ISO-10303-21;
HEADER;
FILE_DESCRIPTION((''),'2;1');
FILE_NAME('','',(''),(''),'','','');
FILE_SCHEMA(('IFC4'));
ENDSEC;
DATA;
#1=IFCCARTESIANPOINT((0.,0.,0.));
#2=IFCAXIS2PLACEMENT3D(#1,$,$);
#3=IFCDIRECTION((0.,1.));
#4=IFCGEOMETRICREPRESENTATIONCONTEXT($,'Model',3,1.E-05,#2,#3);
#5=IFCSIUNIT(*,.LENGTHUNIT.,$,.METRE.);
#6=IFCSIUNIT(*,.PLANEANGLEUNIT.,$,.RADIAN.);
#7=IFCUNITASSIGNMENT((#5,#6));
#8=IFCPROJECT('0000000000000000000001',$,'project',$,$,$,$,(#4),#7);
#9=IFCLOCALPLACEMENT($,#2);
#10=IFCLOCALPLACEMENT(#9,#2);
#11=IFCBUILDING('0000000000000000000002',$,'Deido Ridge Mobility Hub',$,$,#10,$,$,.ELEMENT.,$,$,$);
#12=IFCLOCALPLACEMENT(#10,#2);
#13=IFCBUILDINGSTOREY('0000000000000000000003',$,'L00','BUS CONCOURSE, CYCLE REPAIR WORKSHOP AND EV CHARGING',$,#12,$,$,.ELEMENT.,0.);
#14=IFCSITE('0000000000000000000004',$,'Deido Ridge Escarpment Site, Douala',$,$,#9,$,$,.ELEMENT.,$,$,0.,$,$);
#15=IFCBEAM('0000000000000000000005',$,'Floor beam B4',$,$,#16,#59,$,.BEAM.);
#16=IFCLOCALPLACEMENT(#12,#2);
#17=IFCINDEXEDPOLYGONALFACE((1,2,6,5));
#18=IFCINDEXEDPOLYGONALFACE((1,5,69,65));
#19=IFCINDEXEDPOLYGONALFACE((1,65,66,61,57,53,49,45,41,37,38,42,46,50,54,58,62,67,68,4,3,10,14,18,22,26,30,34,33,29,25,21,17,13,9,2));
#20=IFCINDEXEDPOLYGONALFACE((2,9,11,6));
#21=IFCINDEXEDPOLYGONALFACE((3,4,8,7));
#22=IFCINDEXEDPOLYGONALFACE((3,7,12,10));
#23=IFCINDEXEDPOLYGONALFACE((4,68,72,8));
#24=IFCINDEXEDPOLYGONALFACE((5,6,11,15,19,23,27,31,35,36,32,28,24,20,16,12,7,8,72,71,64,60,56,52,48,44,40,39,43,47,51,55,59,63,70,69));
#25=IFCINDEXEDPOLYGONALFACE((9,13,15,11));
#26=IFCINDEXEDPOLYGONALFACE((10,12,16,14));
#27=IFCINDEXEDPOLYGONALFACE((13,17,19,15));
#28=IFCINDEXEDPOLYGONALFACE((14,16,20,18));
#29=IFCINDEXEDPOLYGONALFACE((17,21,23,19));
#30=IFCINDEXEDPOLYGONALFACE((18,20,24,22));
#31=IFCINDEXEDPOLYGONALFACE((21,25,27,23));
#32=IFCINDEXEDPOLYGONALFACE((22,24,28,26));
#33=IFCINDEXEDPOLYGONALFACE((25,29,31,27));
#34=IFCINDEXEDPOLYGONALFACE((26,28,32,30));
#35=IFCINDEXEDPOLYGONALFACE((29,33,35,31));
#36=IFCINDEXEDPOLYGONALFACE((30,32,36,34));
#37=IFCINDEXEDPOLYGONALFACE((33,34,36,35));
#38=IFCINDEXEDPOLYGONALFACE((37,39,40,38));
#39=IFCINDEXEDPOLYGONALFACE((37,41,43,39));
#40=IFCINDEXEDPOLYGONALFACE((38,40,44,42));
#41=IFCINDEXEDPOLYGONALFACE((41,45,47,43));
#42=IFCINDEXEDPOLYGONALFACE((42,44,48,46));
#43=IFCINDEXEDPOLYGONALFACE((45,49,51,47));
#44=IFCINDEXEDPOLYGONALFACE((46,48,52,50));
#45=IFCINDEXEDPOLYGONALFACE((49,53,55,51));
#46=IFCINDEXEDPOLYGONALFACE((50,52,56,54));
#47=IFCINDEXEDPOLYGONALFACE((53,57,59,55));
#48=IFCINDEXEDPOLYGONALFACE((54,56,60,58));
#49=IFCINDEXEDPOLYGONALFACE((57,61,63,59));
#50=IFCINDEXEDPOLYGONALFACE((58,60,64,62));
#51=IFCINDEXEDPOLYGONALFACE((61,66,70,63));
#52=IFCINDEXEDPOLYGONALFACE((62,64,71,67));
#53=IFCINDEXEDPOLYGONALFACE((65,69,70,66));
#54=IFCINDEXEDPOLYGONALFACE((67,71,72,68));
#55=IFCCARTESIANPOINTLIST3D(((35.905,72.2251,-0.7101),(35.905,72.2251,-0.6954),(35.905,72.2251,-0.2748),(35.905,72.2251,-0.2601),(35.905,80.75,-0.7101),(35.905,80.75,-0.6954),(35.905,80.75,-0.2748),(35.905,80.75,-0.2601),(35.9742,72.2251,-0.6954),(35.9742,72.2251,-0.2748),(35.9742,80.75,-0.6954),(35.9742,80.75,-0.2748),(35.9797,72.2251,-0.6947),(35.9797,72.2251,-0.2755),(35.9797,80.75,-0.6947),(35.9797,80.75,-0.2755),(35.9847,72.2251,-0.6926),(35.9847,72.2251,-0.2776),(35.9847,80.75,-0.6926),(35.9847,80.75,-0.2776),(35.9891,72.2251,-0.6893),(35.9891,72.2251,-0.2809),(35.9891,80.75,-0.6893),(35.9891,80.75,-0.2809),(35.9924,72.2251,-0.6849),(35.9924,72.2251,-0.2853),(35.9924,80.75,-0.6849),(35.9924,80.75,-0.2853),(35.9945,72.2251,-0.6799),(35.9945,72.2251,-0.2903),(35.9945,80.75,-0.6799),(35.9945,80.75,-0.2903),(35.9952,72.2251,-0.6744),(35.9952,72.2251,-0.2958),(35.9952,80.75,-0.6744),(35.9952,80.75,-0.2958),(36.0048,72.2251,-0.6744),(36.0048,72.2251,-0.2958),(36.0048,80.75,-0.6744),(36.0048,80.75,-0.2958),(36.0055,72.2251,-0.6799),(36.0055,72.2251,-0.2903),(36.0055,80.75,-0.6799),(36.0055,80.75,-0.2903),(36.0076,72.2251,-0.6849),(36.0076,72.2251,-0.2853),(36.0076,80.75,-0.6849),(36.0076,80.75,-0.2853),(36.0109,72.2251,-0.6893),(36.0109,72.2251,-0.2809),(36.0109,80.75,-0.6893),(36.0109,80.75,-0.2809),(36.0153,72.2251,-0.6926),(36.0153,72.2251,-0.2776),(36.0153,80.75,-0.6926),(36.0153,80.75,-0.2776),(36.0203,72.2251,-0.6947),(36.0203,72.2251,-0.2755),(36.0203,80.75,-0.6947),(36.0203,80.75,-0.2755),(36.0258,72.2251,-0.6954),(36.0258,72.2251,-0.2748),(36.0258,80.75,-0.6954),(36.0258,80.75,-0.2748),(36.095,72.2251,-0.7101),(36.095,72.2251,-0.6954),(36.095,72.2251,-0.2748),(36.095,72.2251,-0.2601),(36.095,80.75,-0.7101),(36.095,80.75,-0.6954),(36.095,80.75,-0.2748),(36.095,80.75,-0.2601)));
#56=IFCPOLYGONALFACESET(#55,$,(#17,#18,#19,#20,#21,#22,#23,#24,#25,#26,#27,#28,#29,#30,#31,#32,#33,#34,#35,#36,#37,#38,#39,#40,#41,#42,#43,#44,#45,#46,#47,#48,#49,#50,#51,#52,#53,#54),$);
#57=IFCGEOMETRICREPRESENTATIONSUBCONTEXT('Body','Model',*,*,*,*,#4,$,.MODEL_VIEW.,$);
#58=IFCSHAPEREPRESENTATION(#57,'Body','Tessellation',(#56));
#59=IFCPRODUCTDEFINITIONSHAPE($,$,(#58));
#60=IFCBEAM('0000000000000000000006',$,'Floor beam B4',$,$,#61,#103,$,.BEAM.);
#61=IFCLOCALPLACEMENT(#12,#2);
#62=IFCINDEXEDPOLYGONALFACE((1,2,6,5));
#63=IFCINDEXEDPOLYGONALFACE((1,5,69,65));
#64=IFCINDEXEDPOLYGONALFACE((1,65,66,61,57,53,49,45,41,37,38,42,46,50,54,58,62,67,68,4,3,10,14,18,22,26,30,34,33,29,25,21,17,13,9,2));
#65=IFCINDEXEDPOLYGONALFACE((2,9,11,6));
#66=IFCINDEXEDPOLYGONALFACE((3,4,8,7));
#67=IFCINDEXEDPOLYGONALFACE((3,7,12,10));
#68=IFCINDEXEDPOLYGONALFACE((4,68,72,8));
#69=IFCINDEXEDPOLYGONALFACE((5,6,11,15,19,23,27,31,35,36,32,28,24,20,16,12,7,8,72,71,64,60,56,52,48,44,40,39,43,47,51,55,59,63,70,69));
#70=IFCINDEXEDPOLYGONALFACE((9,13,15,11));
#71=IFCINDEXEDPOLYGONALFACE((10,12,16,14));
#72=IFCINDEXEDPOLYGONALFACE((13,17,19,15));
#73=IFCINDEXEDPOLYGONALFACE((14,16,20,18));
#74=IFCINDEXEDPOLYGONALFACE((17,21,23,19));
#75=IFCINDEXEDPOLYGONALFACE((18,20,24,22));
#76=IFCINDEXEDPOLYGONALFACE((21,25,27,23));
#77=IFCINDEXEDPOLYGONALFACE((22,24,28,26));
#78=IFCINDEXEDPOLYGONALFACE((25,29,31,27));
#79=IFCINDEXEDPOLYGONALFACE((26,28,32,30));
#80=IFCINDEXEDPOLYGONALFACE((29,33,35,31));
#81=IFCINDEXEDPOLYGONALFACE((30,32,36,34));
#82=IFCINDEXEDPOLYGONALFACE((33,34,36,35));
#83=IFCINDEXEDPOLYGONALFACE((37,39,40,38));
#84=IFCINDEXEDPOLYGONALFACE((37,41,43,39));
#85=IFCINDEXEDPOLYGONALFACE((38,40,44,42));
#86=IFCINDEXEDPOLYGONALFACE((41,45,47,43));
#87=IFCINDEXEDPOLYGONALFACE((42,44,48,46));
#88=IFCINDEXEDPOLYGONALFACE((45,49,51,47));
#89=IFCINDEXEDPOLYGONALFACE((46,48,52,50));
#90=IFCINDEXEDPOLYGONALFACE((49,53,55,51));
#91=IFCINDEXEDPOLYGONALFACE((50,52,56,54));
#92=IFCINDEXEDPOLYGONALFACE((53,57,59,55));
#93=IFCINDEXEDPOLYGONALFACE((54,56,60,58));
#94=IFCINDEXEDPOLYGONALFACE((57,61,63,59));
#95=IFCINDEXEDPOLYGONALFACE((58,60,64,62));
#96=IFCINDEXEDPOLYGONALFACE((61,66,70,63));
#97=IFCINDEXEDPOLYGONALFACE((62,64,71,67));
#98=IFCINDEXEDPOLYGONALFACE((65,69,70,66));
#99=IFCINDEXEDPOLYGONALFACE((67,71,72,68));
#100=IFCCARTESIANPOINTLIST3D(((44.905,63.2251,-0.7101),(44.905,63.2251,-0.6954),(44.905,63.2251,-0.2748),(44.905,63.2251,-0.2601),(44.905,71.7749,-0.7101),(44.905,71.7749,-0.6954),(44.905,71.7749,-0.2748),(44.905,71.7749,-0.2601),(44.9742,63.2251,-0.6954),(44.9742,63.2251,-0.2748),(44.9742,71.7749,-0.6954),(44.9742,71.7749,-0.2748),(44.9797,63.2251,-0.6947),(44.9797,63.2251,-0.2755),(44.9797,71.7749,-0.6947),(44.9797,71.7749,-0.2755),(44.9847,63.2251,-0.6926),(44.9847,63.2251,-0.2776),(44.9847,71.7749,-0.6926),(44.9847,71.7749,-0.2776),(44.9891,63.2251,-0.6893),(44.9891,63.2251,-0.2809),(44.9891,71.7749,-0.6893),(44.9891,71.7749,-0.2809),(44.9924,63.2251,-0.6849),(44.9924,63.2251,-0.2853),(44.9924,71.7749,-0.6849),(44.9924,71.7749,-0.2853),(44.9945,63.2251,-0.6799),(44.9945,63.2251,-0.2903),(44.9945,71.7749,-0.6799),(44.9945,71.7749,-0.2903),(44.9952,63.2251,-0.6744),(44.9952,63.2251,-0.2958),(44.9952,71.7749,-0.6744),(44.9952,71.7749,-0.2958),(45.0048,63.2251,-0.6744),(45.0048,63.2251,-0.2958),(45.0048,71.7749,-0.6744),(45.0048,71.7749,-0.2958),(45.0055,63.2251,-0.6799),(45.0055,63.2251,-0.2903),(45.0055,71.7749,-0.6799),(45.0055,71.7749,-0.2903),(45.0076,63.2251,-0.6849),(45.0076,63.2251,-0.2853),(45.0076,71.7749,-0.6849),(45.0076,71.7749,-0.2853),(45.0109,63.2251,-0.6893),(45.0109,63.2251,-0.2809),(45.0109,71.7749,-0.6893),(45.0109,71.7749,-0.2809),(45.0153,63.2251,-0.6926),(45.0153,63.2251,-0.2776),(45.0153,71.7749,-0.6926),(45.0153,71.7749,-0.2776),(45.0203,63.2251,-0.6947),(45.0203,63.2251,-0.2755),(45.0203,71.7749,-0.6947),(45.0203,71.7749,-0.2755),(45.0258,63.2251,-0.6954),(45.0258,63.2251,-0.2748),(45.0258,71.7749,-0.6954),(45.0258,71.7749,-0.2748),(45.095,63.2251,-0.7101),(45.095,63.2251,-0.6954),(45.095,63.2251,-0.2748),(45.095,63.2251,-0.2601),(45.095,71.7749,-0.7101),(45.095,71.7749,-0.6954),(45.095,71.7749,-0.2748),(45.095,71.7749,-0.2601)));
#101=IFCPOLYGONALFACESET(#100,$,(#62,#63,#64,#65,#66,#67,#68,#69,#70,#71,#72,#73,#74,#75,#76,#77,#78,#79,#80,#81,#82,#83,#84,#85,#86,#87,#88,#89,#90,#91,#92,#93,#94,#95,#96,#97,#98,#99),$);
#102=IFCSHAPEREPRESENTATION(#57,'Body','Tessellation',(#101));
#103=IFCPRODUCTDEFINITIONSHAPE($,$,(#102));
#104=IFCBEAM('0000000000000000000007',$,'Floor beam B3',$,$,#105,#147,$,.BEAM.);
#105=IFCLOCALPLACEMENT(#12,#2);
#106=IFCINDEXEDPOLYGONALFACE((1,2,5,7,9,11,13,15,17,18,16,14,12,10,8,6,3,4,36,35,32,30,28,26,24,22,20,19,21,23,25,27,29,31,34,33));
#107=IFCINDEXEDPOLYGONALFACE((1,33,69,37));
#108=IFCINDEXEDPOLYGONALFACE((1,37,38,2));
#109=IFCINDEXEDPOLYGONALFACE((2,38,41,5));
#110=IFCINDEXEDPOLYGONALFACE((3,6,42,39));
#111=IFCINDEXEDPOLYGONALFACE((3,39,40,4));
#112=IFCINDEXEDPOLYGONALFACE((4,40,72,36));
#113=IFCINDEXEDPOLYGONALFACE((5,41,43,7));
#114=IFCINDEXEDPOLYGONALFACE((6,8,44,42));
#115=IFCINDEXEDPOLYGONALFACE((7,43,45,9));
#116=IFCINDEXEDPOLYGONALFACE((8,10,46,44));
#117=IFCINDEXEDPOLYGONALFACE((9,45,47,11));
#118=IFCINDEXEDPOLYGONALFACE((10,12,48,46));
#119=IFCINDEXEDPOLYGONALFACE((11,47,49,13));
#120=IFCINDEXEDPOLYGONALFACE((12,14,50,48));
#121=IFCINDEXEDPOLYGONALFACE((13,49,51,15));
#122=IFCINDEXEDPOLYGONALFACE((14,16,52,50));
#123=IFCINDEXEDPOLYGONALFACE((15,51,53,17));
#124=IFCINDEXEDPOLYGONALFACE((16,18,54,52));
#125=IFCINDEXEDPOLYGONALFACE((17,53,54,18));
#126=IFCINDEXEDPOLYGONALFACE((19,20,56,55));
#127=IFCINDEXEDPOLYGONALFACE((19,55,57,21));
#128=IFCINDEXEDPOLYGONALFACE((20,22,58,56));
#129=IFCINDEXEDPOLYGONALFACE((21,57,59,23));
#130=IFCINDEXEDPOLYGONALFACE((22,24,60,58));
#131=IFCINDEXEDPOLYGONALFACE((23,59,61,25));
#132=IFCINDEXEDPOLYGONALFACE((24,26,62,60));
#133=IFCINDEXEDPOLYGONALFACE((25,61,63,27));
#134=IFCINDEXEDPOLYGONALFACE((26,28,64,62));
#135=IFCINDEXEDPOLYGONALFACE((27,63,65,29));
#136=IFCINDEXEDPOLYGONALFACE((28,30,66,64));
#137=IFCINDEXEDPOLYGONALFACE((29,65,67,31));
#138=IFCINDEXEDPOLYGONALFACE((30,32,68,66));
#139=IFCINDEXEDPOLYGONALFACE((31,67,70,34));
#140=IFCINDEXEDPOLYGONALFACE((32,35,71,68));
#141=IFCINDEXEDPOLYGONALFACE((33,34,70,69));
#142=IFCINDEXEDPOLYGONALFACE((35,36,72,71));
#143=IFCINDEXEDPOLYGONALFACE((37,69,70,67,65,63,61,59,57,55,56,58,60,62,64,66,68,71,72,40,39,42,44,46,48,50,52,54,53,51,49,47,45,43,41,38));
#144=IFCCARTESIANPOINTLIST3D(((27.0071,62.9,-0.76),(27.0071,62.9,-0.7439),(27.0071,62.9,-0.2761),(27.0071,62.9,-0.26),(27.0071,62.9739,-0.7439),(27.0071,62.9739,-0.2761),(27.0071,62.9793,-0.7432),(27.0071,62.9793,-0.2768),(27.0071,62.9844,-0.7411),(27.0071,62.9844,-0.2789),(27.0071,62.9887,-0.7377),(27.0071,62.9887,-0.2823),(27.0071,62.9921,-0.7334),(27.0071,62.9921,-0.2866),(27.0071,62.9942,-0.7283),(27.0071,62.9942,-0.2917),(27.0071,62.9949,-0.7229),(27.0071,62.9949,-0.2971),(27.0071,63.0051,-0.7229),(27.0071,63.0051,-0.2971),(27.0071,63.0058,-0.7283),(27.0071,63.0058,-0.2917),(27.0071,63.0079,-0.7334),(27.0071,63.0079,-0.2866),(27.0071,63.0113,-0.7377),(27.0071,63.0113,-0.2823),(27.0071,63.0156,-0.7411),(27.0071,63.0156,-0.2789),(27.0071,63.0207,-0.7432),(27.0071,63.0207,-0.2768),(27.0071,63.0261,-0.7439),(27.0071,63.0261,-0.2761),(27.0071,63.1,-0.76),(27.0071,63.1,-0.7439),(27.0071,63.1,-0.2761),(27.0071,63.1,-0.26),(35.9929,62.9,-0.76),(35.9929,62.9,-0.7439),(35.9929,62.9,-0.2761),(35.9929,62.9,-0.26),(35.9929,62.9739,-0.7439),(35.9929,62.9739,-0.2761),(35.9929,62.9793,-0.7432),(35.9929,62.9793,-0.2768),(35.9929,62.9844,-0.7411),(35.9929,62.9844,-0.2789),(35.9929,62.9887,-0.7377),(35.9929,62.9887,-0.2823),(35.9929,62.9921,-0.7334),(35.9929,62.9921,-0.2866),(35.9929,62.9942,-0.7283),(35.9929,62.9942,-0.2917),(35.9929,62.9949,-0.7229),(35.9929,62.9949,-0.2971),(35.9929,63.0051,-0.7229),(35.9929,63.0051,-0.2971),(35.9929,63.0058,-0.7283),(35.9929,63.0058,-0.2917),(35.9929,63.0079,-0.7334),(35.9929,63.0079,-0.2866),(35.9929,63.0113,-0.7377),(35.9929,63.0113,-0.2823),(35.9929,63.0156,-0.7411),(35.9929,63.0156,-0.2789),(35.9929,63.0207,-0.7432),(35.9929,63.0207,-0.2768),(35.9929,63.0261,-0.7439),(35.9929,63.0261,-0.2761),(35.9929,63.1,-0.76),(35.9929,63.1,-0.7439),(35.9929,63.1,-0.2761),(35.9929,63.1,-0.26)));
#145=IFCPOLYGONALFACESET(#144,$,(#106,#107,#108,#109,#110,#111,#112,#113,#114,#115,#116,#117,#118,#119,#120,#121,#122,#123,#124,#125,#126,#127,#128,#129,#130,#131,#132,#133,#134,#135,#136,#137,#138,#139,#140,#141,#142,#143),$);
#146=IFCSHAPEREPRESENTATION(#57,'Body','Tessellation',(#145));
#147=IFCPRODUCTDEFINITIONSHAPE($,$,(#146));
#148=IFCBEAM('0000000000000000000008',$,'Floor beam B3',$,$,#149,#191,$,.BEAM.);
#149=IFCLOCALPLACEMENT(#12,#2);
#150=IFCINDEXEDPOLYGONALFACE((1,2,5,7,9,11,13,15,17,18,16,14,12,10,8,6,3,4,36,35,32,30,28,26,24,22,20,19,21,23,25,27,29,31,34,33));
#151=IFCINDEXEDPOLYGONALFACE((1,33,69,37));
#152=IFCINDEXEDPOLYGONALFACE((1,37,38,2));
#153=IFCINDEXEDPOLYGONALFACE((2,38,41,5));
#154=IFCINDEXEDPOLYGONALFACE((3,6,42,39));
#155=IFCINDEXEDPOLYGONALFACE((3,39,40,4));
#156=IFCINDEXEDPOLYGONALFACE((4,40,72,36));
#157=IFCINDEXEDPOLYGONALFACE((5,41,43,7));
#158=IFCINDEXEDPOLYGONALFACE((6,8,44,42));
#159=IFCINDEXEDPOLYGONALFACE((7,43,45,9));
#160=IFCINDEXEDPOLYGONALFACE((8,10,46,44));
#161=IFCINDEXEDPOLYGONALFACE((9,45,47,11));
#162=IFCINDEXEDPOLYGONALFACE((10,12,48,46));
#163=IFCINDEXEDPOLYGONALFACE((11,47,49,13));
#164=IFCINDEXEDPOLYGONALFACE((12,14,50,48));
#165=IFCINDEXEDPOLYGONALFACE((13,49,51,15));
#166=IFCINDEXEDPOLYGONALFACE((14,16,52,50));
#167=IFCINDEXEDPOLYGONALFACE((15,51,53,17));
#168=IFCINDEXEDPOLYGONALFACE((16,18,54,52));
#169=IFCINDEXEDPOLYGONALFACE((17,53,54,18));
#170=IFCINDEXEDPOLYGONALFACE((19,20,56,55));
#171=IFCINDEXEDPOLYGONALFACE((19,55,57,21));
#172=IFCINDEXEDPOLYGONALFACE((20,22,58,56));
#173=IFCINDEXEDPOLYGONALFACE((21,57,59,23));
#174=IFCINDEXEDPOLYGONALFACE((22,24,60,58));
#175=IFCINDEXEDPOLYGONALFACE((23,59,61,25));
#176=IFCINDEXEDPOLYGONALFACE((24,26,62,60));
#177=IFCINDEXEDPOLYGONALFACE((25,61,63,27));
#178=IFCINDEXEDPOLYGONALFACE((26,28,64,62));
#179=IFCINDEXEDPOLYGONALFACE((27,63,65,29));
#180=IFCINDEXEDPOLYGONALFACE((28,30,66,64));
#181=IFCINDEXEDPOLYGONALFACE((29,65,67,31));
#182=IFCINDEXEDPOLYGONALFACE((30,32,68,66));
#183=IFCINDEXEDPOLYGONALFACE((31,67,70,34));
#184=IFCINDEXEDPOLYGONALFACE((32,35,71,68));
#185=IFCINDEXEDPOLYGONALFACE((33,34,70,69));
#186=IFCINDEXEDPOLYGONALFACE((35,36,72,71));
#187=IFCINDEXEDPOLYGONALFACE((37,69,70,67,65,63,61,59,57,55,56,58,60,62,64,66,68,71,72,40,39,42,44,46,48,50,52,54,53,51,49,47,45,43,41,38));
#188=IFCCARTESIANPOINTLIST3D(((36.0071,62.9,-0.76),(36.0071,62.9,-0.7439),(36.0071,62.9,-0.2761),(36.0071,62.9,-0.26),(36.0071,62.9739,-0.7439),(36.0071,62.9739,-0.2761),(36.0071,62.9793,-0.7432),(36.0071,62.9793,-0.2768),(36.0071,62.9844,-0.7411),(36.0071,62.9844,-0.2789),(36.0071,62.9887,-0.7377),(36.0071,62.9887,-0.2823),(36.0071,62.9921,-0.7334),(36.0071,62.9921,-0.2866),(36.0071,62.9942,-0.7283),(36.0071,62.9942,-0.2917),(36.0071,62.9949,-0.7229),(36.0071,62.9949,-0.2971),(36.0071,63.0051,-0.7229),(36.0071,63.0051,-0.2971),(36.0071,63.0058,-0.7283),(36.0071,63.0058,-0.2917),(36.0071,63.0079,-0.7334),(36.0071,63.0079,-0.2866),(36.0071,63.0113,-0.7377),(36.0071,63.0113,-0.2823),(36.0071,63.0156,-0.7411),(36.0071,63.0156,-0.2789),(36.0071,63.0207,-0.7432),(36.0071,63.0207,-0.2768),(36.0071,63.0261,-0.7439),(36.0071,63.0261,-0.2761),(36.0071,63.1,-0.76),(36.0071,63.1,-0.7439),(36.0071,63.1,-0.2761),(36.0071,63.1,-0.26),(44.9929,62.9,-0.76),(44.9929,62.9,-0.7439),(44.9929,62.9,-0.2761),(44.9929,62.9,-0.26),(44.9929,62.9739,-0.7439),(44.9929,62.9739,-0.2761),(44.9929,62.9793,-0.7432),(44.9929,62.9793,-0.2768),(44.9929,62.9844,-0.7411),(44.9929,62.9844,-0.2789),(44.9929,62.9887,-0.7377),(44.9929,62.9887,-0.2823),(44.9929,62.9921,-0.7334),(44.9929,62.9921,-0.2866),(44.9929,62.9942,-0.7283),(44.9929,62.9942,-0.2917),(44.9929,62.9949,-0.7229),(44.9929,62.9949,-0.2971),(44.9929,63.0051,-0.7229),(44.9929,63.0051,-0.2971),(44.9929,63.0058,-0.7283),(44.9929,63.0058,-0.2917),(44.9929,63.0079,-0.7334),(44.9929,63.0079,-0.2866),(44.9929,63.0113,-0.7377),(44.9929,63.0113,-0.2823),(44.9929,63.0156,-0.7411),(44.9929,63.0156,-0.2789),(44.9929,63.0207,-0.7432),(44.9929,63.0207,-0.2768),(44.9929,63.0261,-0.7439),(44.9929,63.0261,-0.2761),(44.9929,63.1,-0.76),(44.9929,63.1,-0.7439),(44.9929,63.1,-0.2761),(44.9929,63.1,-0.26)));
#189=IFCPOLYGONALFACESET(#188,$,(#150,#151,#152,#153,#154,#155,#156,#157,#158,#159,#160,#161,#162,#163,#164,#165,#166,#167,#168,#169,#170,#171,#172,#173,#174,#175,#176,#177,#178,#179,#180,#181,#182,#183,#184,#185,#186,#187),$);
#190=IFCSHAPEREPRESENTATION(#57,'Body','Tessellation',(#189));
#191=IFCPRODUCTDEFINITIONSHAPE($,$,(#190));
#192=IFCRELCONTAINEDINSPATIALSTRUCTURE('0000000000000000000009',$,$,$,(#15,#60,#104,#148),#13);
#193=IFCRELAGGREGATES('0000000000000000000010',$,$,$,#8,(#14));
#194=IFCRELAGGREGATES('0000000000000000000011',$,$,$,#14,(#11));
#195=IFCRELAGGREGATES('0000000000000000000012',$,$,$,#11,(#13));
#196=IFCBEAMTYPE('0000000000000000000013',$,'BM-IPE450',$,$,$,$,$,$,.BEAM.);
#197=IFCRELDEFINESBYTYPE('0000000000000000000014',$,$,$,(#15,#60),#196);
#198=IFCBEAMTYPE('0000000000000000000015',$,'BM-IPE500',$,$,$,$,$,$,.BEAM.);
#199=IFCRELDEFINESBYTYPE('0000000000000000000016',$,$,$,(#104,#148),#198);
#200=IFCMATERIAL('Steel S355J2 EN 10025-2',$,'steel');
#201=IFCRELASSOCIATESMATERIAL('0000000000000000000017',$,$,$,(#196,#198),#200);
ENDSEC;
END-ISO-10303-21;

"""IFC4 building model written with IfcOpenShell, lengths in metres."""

from ifc_helpers import new_model, si_unit, direction, frame, origin, origin_2d, place, context, subcontext, project, spatial, i_section, extrude, material, material_profile, profile_set, type_object, element, save


model = new_model("IFC4")

# Units and contexts
model_context = context("Model", 3, precision=1e-05, world=origin(), true_north=direction((0.0, 1.0)))
body_context = subcontext(model_context, "Body", "Model", "MODEL_VIEW")
ifc_project = project(units=[si_unit("LENGTHUNIT", "METRE"), si_unit("PLANEANGLEUNIT", "RADIAN")], contexts=[model_context])

# Site, building, storey
site_placement = place(None, origin())
site = spatial("IfcSite", under=ifc_project, at=site_placement, Name="Deido Ridge Escarpment Site, Douala", CompositionType="ELEMENT", RefElevation=0.0)
building_placement = place(site_placement, origin())
building = spatial("IfcBuilding", under=site, at=building_placement, Name="Deido Ridge Mobility Hub", CompositionType="ELEMENT")
storey_placement = place(building_placement, origin())
storey = spatial("IfcBuildingStorey", under=building, at=storey_placement, Name="L00", Description="BUS CONCOURSE, CYCLE REPAIR WORKSHOP AND EV CHARGING", CompositionType="ELEMENT", Elevation=0.0)

# Shared definitions
ifc_material_1 = material(Name="Steel S355J2 EN 10025-2", Category="steel")

# Beams
ifc_material_profile_1 = material_profile(ifc_material_1, i_section(OverallWidth=0.1899, OverallDepth=0.45, WebThickness=0.0095, FlangeThickness=0.0146, FilletRadius=0.021, at=origin_2d()), Name="IPE 450")
ifc_profile_set_1 = profile_set([ifc_material_profile_1], Name="Steel S355J2 EN 10025-2")
beam_type_1 = type_object("IfcBeamType", Name="BM-IPE450", PredefinedType="BEAM", material=ifc_profile_set_1)
beam_1_placement = place(storey_placement, frame((36.0, 72.2251, -0.4851), z_axis=(0.0, 1.0, 0.0), x_axis=(-1.0, 0.0, 0.0)))
element("IfcBeam", 1, at=beam_1_placement, inside=storey, type_object=beam_type_1, Name="Floor beam B4", PredefinedType="BEAM", context=body_context, shape_type="SweptSolid", body=[
    extrude(i_section(OverallWidth=0.1899, OverallDepth=0.45, WebThickness=0.0095, FlangeThickness=0.0146, FilletRadius=0.021, at=origin_2d()), origin(), (0.0, 0.0, 1.0), 8.5249),
])
beam_2_placement = place(storey_placement, frame((45.0, 63.2251, -0.4851), z_axis=(0.0, 1.0, 0.0), x_axis=(-1.0, 0.0, 0.0)))
element("IfcBeam", 2, at=beam_2_placement, inside=storey, type_object=beam_type_1, Name="Floor beam B4", PredefinedType="BEAM", context=body_context, shape_type="SweptSolid", body=[
    extrude(i_section(OverallWidth=0.1899, OverallDepth=0.45, WebThickness=0.0095, FlangeThickness=0.0146, FilletRadius=0.021, at=origin_2d()), origin(), (0.0, 0.0, 1.0), 8.5498),
])
ifc_material_profile_2 = material_profile(ifc_material_1, i_section(OverallWidth=0.2, OverallDepth=0.5, WebThickness=0.0103, FlangeThickness=0.0161, FilletRadius=0.021, at=origin_2d()), Name="IPE 500")
ifc_profile_set_2 = profile_set([ifc_material_profile_2], Name="Steel S355J2 EN 10025-2")
beam_type_2 = type_object("IfcBeamType", Name="BM-IPE500", PredefinedType="BEAM", material=ifc_profile_set_2)
for number, where, z_axis, x_axis, name in (
    (3, (27.0071, 63.0, -0.51), (1.0, 0.0, 0.0), (0.0, 1.0, 0.0), "Floor beam B3"),
    (4, (36.0071, 63.0, -0.51), (1.0, 0.0, 0.0), (0.0, 1.0, 0.0), "Floor beam B3"),
):
    element("IfcBeam", number, at=place(storey_placement, frame(where, z_axis=z_axis, x_axis=x_axis)), inside=storey, type_object=beam_type_2, Name=name, PredefinedType="BEAM", context=body_context, shape_type="SweptSolid", body=[
        extrude(i_section(OverallWidth=0.2, OverallDepth=0.5, WebThickness=0.0103, FlangeThickness=0.0161, FilletRadius=0.021, at=origin_2d()), origin(), (0.0, 0.0, 1.0), 8.9858),
    ])

save(model, "model.ifc")
